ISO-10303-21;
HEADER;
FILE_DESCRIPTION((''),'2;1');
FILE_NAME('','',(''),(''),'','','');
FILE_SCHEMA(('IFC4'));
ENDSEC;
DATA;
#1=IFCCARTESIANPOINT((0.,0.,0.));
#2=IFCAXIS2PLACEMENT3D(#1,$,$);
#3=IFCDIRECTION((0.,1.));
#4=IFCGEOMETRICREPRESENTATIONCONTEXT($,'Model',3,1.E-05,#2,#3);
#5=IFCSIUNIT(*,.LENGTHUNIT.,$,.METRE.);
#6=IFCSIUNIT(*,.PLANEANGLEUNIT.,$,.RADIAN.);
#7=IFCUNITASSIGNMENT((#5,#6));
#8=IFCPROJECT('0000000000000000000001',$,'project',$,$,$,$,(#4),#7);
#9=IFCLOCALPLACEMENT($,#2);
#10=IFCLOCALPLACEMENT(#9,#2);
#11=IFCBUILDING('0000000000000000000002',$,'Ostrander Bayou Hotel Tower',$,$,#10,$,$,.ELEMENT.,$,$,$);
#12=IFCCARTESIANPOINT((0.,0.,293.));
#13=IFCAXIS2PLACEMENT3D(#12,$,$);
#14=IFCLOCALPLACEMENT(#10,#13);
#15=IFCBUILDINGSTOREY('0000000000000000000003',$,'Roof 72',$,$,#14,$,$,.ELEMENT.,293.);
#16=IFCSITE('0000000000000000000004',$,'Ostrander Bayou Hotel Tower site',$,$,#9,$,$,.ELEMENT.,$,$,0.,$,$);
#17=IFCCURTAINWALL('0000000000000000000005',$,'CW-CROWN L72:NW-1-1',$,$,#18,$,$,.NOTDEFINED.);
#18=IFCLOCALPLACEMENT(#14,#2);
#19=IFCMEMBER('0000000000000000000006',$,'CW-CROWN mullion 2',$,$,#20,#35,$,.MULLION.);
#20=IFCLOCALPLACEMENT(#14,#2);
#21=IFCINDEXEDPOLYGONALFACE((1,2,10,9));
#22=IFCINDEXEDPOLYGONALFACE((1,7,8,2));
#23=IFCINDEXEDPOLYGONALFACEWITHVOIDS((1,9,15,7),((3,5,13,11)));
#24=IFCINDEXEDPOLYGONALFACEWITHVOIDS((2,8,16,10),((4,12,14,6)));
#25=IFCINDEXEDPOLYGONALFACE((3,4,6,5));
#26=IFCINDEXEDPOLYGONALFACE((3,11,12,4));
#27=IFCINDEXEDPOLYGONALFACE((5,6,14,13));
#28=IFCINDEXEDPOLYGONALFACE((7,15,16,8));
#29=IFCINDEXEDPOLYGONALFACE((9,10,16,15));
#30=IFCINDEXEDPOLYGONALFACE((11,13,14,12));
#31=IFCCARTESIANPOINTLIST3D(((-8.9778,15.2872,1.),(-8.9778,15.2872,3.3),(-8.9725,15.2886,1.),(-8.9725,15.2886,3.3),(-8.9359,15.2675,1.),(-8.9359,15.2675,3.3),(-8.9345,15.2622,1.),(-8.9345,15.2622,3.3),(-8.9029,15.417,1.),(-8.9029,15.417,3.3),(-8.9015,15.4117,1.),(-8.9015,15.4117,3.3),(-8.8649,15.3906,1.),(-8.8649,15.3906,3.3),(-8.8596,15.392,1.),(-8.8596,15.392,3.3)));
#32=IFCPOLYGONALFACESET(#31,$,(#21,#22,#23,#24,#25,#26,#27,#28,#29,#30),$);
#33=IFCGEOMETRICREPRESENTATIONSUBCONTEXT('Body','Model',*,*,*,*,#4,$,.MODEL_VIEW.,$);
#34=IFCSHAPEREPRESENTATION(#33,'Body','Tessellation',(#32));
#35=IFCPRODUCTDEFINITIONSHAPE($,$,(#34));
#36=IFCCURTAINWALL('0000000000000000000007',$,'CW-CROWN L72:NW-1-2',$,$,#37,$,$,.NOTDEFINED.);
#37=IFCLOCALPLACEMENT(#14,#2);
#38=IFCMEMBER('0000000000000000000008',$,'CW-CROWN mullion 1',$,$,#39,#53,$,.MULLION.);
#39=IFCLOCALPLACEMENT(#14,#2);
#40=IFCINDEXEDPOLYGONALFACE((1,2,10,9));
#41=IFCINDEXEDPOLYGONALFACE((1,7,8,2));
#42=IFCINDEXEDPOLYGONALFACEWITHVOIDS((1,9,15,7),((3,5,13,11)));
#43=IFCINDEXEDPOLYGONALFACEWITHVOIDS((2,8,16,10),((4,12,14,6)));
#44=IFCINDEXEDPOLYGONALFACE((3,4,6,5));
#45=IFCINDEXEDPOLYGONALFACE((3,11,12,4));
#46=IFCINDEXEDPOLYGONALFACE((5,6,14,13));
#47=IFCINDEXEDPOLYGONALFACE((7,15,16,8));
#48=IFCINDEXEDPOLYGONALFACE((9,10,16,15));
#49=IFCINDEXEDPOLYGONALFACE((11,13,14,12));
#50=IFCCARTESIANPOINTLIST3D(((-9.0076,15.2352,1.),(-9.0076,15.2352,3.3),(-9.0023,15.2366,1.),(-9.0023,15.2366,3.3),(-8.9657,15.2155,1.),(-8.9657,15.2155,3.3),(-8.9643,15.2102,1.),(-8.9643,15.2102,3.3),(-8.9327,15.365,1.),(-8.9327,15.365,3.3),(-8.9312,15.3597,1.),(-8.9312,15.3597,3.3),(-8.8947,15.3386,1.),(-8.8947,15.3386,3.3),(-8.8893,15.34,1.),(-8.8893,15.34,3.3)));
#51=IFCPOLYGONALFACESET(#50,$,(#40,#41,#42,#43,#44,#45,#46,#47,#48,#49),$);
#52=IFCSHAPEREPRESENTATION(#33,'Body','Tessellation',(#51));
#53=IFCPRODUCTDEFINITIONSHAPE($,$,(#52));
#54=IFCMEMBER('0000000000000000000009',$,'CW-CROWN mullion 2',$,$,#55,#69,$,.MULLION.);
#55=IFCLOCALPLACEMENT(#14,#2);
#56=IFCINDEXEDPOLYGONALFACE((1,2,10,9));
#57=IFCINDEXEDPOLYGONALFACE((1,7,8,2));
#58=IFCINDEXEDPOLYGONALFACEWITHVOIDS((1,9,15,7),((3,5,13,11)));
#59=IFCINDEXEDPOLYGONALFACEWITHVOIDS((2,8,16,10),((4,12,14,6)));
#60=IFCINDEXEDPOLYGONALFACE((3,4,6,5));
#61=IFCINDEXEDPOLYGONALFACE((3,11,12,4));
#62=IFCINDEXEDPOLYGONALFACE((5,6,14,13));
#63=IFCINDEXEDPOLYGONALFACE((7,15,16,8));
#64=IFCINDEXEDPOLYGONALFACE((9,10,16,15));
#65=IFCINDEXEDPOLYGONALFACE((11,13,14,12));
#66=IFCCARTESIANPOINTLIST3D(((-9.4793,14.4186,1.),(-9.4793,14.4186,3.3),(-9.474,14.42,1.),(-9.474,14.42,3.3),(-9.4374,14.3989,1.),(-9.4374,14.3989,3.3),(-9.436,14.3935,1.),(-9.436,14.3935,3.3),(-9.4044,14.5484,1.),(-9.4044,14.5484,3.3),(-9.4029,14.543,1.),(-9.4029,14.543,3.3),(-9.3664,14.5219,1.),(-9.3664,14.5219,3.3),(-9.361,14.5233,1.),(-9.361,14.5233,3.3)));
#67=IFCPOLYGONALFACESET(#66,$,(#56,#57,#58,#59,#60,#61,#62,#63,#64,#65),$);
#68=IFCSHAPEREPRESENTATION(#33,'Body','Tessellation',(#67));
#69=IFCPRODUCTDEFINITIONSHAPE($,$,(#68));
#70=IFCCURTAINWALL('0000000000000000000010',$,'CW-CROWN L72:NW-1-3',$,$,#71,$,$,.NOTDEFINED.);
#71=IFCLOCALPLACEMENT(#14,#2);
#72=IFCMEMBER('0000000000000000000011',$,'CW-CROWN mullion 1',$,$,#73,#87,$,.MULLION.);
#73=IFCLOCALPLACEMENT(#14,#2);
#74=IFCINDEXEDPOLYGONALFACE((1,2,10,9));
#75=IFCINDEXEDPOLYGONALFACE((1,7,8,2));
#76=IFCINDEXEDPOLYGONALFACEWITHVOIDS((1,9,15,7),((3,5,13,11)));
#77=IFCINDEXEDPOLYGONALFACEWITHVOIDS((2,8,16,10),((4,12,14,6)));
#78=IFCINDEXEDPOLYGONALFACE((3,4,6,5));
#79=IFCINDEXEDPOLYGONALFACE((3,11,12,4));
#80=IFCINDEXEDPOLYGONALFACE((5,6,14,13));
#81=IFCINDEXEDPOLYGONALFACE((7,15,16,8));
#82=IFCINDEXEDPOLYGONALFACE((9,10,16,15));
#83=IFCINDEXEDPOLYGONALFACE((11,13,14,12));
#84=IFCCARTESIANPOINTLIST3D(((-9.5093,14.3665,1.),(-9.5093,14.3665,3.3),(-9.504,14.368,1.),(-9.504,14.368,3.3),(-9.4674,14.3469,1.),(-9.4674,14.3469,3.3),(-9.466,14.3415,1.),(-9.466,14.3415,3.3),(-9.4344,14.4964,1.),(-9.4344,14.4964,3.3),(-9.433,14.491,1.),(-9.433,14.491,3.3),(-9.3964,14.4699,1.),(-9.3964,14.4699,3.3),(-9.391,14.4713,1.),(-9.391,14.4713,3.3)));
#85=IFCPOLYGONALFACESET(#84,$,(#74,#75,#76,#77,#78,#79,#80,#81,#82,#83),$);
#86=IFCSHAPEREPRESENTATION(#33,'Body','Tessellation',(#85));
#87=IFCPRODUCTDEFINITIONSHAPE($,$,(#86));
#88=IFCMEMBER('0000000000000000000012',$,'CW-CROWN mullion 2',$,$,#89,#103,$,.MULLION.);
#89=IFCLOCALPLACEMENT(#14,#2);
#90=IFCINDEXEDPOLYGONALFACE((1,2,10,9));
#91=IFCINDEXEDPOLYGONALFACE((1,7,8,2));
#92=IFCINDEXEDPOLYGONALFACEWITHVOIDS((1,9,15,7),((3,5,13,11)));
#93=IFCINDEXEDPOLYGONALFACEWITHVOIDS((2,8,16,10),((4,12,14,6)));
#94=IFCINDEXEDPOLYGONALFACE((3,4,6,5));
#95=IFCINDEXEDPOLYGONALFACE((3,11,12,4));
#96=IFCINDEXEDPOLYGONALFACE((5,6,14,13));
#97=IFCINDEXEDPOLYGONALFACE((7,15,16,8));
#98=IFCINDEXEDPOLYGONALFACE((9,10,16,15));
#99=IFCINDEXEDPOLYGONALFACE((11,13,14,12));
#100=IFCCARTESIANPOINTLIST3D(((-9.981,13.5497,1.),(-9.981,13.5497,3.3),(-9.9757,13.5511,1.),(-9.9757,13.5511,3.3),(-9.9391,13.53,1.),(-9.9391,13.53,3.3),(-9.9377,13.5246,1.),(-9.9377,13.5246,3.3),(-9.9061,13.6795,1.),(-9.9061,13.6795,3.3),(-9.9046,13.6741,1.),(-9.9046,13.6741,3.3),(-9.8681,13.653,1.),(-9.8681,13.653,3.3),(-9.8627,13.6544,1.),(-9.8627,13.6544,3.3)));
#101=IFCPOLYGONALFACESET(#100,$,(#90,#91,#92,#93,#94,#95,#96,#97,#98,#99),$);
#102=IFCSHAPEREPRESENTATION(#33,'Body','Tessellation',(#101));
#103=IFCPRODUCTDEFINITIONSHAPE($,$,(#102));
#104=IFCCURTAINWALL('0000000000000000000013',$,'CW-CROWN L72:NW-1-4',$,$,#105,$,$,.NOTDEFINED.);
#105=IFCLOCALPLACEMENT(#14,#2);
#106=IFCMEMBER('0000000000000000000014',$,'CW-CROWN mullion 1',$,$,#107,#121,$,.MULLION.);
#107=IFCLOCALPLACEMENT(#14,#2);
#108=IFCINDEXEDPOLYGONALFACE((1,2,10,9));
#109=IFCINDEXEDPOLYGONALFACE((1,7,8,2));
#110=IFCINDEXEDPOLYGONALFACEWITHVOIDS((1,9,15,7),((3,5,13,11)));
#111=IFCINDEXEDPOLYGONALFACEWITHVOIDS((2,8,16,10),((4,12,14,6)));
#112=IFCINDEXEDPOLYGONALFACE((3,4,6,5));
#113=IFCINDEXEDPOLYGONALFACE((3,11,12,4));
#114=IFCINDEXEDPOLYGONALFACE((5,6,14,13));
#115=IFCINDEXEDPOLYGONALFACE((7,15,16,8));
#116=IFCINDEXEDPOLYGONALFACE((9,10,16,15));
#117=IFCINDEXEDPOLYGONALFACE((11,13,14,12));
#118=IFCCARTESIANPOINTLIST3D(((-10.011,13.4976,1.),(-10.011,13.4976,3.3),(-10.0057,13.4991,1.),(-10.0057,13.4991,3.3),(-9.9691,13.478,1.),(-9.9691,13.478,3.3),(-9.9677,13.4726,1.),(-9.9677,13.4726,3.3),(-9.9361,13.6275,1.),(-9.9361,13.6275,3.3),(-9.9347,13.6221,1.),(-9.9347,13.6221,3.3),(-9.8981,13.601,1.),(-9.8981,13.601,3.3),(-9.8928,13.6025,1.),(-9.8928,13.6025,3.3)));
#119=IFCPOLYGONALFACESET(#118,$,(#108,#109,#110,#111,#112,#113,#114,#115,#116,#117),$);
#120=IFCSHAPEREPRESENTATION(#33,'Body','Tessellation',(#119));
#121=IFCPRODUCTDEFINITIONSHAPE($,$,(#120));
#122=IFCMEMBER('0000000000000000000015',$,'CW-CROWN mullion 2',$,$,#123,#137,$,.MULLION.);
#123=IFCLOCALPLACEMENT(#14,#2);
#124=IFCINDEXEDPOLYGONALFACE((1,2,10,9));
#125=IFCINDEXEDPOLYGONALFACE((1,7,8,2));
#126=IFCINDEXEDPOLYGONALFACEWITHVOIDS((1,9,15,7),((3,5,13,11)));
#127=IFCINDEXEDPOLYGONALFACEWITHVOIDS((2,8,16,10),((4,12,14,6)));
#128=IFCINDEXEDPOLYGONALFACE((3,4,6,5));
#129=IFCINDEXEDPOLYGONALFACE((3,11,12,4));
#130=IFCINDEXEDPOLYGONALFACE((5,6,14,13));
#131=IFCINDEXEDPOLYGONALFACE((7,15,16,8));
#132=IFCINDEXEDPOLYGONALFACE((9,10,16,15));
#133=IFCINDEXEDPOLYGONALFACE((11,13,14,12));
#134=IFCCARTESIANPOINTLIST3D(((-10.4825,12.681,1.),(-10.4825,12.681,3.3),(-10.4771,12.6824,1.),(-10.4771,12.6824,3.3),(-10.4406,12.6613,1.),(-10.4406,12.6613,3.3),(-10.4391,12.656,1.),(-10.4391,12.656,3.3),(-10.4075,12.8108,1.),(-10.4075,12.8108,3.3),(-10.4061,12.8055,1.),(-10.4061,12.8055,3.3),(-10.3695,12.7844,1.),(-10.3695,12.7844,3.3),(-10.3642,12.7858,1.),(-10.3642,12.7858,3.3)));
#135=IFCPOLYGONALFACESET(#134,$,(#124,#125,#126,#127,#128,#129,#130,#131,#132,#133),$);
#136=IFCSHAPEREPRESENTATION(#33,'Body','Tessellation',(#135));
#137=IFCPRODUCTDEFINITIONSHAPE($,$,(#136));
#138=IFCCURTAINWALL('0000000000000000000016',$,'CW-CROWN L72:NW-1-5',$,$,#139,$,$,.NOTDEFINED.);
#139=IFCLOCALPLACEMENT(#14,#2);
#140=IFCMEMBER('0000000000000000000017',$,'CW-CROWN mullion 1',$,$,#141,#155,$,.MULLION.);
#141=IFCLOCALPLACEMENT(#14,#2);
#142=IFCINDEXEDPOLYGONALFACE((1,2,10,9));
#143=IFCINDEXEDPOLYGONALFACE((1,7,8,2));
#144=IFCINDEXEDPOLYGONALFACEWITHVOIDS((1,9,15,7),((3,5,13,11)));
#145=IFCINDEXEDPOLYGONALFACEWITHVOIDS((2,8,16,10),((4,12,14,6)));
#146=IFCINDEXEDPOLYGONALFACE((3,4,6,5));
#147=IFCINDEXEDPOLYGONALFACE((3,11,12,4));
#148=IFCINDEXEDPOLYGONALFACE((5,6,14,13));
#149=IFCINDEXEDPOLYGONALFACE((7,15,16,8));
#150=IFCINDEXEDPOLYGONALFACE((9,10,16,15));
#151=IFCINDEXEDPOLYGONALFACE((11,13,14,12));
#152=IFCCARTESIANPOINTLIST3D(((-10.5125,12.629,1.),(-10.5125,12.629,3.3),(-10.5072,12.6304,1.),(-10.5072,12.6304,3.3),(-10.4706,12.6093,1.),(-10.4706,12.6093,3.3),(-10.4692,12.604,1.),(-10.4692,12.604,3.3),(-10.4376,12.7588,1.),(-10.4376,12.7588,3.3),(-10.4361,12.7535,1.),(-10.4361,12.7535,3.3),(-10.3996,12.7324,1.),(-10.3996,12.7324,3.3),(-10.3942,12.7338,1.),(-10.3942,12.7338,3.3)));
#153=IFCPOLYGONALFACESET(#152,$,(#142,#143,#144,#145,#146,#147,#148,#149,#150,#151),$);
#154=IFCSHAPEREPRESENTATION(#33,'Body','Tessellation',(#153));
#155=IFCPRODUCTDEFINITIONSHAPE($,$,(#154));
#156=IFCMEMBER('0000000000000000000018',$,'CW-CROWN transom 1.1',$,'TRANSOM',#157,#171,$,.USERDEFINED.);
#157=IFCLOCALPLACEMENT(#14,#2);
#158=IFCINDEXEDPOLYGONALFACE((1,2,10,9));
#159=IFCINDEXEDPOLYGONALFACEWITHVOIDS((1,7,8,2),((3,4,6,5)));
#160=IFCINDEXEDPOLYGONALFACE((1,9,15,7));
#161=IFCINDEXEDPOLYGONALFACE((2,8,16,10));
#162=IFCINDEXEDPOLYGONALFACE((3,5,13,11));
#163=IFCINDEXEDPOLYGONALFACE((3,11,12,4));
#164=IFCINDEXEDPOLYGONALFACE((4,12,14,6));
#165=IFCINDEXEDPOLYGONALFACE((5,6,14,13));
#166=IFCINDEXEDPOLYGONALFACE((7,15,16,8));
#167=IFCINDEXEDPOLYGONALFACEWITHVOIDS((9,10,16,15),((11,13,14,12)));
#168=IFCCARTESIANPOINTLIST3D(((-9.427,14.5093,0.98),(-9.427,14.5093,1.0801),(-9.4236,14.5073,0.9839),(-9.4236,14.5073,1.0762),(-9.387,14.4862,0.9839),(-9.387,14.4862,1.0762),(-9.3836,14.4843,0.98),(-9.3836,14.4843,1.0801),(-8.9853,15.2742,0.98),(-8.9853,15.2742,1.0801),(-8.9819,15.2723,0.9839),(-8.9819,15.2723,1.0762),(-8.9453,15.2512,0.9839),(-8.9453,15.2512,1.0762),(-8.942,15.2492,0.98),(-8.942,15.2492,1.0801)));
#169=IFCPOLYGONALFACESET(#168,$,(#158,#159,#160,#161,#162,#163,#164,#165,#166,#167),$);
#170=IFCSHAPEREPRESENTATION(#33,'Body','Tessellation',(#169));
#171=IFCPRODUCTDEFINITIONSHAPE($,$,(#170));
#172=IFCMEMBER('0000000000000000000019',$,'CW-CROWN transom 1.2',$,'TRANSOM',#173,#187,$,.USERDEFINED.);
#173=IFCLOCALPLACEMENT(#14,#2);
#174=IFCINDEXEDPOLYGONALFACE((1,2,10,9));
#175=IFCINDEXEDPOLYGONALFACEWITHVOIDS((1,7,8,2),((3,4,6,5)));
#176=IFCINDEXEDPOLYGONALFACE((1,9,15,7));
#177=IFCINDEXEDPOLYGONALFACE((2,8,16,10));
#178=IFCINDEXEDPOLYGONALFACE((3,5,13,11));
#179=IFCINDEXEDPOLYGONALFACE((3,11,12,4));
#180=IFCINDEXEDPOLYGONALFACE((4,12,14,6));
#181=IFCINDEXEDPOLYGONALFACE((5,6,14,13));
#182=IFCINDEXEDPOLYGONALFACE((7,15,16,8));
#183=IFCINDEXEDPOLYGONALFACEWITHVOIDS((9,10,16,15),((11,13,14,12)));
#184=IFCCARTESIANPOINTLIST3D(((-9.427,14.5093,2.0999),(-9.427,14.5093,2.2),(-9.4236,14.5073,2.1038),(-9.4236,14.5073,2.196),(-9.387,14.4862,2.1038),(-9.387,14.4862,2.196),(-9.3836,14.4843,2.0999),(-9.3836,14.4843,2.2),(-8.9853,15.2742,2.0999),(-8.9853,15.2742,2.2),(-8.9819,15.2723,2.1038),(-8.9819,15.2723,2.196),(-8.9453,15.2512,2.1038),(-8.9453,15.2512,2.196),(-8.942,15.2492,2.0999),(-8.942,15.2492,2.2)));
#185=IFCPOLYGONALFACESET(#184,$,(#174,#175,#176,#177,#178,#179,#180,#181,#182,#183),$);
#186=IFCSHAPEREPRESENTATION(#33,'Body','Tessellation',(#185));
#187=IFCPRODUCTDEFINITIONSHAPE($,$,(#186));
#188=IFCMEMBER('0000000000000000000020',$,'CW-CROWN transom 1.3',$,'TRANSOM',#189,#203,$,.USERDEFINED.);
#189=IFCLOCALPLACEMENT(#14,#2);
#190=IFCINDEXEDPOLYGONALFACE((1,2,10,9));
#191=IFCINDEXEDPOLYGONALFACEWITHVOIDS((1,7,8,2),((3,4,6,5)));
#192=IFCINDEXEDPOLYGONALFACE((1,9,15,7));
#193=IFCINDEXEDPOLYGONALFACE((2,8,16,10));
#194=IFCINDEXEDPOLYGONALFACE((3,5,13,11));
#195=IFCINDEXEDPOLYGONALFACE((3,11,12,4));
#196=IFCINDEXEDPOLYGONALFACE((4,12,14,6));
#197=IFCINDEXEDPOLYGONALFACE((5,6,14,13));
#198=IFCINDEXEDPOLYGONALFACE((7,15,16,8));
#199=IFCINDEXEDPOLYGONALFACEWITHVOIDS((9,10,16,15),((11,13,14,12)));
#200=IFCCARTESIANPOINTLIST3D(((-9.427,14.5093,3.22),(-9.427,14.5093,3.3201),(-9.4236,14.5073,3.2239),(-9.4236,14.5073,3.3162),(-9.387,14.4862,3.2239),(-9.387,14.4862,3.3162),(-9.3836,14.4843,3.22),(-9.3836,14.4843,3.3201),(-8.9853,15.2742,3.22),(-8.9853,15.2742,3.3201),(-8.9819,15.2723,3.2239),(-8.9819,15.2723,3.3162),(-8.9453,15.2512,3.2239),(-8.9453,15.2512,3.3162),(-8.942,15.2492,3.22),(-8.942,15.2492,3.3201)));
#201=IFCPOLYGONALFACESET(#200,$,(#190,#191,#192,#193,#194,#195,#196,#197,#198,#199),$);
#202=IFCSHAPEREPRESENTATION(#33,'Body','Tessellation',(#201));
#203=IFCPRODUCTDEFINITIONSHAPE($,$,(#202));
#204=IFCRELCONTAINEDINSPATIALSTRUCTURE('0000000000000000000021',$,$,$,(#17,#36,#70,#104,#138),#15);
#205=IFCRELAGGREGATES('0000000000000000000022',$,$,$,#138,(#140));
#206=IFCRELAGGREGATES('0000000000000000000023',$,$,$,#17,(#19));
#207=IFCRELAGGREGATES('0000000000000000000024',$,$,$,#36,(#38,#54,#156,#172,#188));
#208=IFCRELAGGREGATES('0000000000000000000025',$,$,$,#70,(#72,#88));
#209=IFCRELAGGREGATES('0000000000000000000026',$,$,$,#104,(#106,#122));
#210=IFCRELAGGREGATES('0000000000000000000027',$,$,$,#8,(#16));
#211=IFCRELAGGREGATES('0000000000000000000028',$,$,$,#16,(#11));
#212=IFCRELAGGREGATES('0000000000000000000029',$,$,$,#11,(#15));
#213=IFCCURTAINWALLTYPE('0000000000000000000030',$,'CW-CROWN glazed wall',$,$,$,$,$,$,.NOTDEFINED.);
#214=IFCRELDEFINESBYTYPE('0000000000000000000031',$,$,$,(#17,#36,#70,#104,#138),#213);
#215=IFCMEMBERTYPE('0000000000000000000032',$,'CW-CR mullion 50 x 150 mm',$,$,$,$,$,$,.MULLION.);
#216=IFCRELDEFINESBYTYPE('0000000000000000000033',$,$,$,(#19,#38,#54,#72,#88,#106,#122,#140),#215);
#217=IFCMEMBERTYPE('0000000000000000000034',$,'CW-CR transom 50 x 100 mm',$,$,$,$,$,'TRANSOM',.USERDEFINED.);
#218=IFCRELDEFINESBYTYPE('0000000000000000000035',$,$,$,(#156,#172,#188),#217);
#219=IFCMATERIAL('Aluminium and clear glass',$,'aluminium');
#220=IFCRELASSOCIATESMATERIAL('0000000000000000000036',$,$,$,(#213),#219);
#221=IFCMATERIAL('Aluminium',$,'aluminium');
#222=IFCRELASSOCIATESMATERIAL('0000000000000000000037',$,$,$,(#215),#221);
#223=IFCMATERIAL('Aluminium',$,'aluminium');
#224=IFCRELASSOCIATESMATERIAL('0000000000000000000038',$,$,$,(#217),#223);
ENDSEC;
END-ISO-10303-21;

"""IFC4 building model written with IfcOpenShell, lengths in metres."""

from ifc_helpers import new_model, si_unit, direction, frame, origin, origin_2d, place, context, subcontext, project, spatial, hollow_rectangle, extrude, material, material_profile, profile_set, type_object, element, aggregate, save


model = new_model("IFC4")

# Units and contexts
model_context = context("Model", 3, precision=1e-05, world=origin(), true_north=direction((0.0, 1.0)))
body_context = subcontext(model_context, "Body", "Model", "MODEL_VIEW")
ifc_project = project(units=[si_unit("LENGTHUNIT", "METRE"), si_unit("PLANEANGLEUNIT", "RADIAN")], contexts=[model_context])

# Site, building, storey
site_placement = place(None, origin())
site = spatial("IfcSite", under=ifc_project, at=site_placement, Name="Ostrander Bayou Hotel Tower site", CompositionType="ELEMENT", RefElevation=0.0)
building_placement = place(site_placement, origin())
building = spatial("IfcBuilding", under=site, at=building_placement, Name="Ostrander Bayou Hotel Tower", CompositionType="ELEMENT")
storey_placement = place(building_placement, frame((0.0, 0.0, 293.0)))
storey = spatial("IfcBuildingStorey", under=building, at=storey_placement, Name="Roof 72", CompositionType="ELEMENT", Elevation=293.0)

# Curtain wall, member
ifc_material_1 = material(Name="Aluminium and clear glass", Category="aluminium")
curtain_wall_type = type_object("IfcCurtainWallType", Name="CW-CROWN glazed wall", PredefinedType="NOTDEFINED", material=ifc_material_1)
curtain_wall_1_placement = place(storey_placement, origin())
curtain_wall_1 = element("IfcCurtainWall", 1, at=curtain_wall_1_placement, inside=storey, type_object=curtain_wall_type, Name="CW-CROWN L72:NW-1-1", PredefinedType="NOTDEFINED")
ifc_material_2 = material(Name="Aluminium", Category="aluminium")
ifc_material_profile_1 = material_profile(ifc_material_2, hollow_rectangle(XDim=0.05, YDim=0.1499, WallThickness=0.0039, at=origin_2d()))
ifc_profile_set_1 = profile_set([ifc_material_profile_1], Name="Aluminium")
member_type_1 = type_object("IfcMemberType", Name="CW-CR mullion 50 x 150 mm", PredefinedType="MULLION", material=ifc_profile_set_1)
member_1_placement = place(storey_placement, frame((-8.9187, 15.3396, 1.0), z_axis=(0.0, 0.0, 1.0), x_axis=(0.866026, -0.499999, 0.0)))
member_1 = element("IfcMember", 2, at=member_1_placement, type_object=member_type_1, Name="CW-CROWN mullion 2", PredefinedType="MULLION", context=body_context, shape_type="SweptSolid", body=[
    extrude(hollow_rectangle(XDim=0.05, YDim=0.1499, WallThickness=0.0039, at=origin_2d()), origin(), (0.0, 0.0, 1.0), 2.3),
])

# Curtain walls, members
curtain_wall_2_placement = place(storey_placement, origin())
curtain_wall_2 = element("IfcCurtainWall", 3, at=curtain_wall_2_placement, inside=storey, type_object=curtain_wall_type, Name="CW-CROWN L72:NW-1-2", PredefinedType="NOTDEFINED")
member_2_placement = place(storey_placement, frame((-8.9485, 15.2876, 1.0), z_axis=(0.0, 0.0, 1.0), x_axis=(0.866001, -0.500042, 0.0)))
member_2 = element("IfcMember", 4, at=member_2_placement, type_object=member_type_1, Name="CW-CROWN mullion 1", PredefinedType="MULLION", context=body_context, shape_type="SweptSolid", body=[
    extrude(hollow_rectangle(XDim=0.05, YDim=0.1499, WallThickness=0.0039, at=origin_2d()), origin(), (0.0, 0.0, 1.0), 2.3),
])
member_3_placement = place(storey_placement, frame((-9.4202, 14.4709, 1.0), z_axis=(0.0, 0.0, 1.0), x_axis=(0.866001, -0.500042, 0.0)))
member_3 = element("IfcMember", 5, at=member_3_placement, type_object=member_type_1, Name="CW-CROWN mullion 2", PredefinedType="MULLION", context=body_context, shape_type="SweptSolid", body=[
    extrude(hollow_rectangle(XDim=0.05, YDim=0.1499, WallThickness=0.0039, at=origin_2d()), origin(), (0.0, 0.0, 1.0), 2.3),
])
curtain_wall_3_placement = place(storey_placement, origin())
curtain_wall_3 = element("IfcCurtainWall", 6, at=curtain_wall_3_placement, inside=storey, type_object=curtain_wall_type, Name="CW-CROWN L72:NW-1-3", PredefinedType="NOTDEFINED")
member_4_placement = place(storey_placement, frame((-9.4502, 14.4189, 1.0), z_axis=(0.0, 0.0, 1.0), x_axis=(0.866026, -0.499999, 0.0)))
member_4 = element("IfcMember", 7, at=member_4_placement, type_object=member_type_1, Name="CW-CROWN mullion 1", PredefinedType="MULLION", context=body_context, shape_type="SweptSolid", body=[
    extrude(hollow_rectangle(XDim=0.05, YDim=0.1499, WallThickness=0.0039, at=origin_2d()), origin(), (0.0, 0.0, 1.0), 2.3),
])
member_5_placement = place(storey_placement, frame((-9.9219, 13.6021, 1.0), z_axis=(0.0, 0.0, 1.0), x_axis=(0.866026, -0.499999, 0.0)))
member_5 = element("IfcMember", 8, at=member_5_placement, type_object=member_type_1, Name="CW-CROWN mullion 2", PredefinedType="MULLION", context=body_context, shape_type="SweptSolid", body=[
    extrude(hollow_rectangle(XDim=0.05, YDim=0.1499, WallThickness=0.0039, at=origin_2d()), origin(), (0.0, 0.0, 1.0), 2.3),
])
curtain_wall_4_placement = place(storey_placement, origin())
curtain_wall_4 = element("IfcCurtainWall", 9, at=curtain_wall_4_placement, inside=storey, type_object=curtain_wall_type, Name="CW-CROWN L72:NW-1-4", PredefinedType="NOTDEFINED")
member_6_placement = place(storey_placement, frame((-9.9519, 13.55, 1.0), z_axis=(0.0, 0.0, 1.0), x_axis=(0.866069, -0.499924, 0.0)))
member_6 = element("IfcMember", 10, at=member_6_placement, type_object=member_type_1, Name="CW-CROWN mullion 1", PredefinedType="MULLION", context=body_context, shape_type="SweptSolid", body=[
    extrude(hollow_rectangle(XDim=0.05, YDim=0.1499, WallThickness=0.0039, at=origin_2d()), origin(), (0.0, 0.0, 1.0), 2.3),
])
member_7_placement = place(storey_placement, frame((-10.4233, 12.7334, 1.0), z_axis=(0.0, 0.0, 1.0), x_axis=(0.866069, -0.499924, 0.0)))
member_7 = element("IfcMember", 11, at=member_7_placement, type_object=member_type_1, Name="CW-CROWN mullion 2", PredefinedType="MULLION", context=body_context, shape_type="SweptSolid", body=[
    extrude(hollow_rectangle(XDim=0.05, YDim=0.1499, WallThickness=0.0039, at=origin_2d()), origin(), (0.0, 0.0, 1.0), 2.3),
])

# Curtain wall, member
curtain_wall_5_placement = place(storey_placement, origin())
curtain_wall_5 = element("IfcCurtainWall", 12, at=curtain_wall_5_placement, inside=storey, type_object=curtain_wall_type, Name="CW-CROWN L72:NW-1-5", PredefinedType="NOTDEFINED")
member_8_placement = place(storey_placement, frame((-10.4534, 12.6814, 1.0), z_axis=(0.0, 0.0, 1.0), x_axis=(0.866001, -0.500042, 0.0)))
member_8 = element("IfcMember", 13, at=member_8_placement, type_object=member_type_1, Name="CW-CROWN mullion 1", PredefinedType="MULLION", context=body_context, shape_type="SweptSolid", body=[
    extrude(hollow_rectangle(XDim=0.05, YDim=0.1499, WallThickness=0.0039, at=origin_2d()), origin(), (0.0, 0.0, 1.0), 2.3),
])

# Members
ifc_material_3 = material(Name="Aluminium", Category="aluminium")
ifc_material_profile_2 = material_profile(ifc_material_3, hollow_rectangle(XDim=0.05, YDim=0.1001, WallThickness=0.0039, at=origin_2d()))
ifc_profile_set_2 = profile_set([ifc_material_profile_2], Name="Aluminium")
member_type_2 = type_object("IfcMemberType", Name="CW-CR transom 50 x 100 mm", ElementType="TRANSOM", PredefinedType="USERDEFINED", material=ifc_profile_set_2)
member_9_placement = place(storey_placement, frame((-8.9636, 15.2617, 1.03), z_axis=(-0.500034, -0.866006, 0.0), x_axis=(0.866006, -0.500034, 0.0)))
member_9 = element("IfcMember", 14, at=member_9_placement, type_object=member_type_2, Name="CW-CROWN transom 1.1", ObjectType="TRANSOM", PredefinedType="USERDEFINED", context=body_context, shape_type="SweptSolid", body=[
    extrude(hollow_rectangle(XDim=0.05, YDim=0.1001, WallThickness=0.0039, at=origin_2d()), origin(), (0.0, 0.0, 1.0), 0.8833),
])
member_10_placement = place(storey_placement, frame((-8.9636, 15.2617, 2.1499), z_axis=(-0.500034, -0.866006, 0.0), x_axis=(0.866006, -0.500034, 0.0)))
member_10 = element("IfcMember", 15, at=member_10_placement, type_object=member_type_2, Name="CW-CROWN transom 1.2", ObjectType="TRANSOM", PredefinedType="USERDEFINED", context=body_context, shape_type="SweptSolid", body=[
    extrude(hollow_rectangle(XDim=0.05, YDim=0.1001, WallThickness=0.0039, at=origin_2d()), origin(), (0.0, 0.0, 1.0), 0.8833),
])
member_11_placement = place(storey_placement, frame((-8.9636, 15.2617, 3.27), z_axis=(-0.500034, -0.866006, 0.0), x_axis=(0.866006, -0.500034, 0.0)))
member_11 = element("IfcMember", 16, at=member_11_placement, type_object=member_type_2, Name="CW-CROWN transom 1.3", ObjectType="TRANSOM", PredefinedType="USERDEFINED", context=body_context, shape_type="SweptSolid", body=[
    extrude(hollow_rectangle(XDim=0.05, YDim=0.1001, WallThickness=0.0039, at=origin_2d()), origin(), (0.0, 0.0, 1.0), 0.8833),
])
aggregate(curtain_wall_5, [member_8])

aggregate(curtain_wall_1, [member_1])
aggregate(curtain_wall_2, [member_2, member_3, member_9, member_10, member_11])
aggregate(curtain_wall_3, [member_4, member_5])
aggregate(curtain_wall_4, [member_6, member_7])

save(model, "model.ifc")
